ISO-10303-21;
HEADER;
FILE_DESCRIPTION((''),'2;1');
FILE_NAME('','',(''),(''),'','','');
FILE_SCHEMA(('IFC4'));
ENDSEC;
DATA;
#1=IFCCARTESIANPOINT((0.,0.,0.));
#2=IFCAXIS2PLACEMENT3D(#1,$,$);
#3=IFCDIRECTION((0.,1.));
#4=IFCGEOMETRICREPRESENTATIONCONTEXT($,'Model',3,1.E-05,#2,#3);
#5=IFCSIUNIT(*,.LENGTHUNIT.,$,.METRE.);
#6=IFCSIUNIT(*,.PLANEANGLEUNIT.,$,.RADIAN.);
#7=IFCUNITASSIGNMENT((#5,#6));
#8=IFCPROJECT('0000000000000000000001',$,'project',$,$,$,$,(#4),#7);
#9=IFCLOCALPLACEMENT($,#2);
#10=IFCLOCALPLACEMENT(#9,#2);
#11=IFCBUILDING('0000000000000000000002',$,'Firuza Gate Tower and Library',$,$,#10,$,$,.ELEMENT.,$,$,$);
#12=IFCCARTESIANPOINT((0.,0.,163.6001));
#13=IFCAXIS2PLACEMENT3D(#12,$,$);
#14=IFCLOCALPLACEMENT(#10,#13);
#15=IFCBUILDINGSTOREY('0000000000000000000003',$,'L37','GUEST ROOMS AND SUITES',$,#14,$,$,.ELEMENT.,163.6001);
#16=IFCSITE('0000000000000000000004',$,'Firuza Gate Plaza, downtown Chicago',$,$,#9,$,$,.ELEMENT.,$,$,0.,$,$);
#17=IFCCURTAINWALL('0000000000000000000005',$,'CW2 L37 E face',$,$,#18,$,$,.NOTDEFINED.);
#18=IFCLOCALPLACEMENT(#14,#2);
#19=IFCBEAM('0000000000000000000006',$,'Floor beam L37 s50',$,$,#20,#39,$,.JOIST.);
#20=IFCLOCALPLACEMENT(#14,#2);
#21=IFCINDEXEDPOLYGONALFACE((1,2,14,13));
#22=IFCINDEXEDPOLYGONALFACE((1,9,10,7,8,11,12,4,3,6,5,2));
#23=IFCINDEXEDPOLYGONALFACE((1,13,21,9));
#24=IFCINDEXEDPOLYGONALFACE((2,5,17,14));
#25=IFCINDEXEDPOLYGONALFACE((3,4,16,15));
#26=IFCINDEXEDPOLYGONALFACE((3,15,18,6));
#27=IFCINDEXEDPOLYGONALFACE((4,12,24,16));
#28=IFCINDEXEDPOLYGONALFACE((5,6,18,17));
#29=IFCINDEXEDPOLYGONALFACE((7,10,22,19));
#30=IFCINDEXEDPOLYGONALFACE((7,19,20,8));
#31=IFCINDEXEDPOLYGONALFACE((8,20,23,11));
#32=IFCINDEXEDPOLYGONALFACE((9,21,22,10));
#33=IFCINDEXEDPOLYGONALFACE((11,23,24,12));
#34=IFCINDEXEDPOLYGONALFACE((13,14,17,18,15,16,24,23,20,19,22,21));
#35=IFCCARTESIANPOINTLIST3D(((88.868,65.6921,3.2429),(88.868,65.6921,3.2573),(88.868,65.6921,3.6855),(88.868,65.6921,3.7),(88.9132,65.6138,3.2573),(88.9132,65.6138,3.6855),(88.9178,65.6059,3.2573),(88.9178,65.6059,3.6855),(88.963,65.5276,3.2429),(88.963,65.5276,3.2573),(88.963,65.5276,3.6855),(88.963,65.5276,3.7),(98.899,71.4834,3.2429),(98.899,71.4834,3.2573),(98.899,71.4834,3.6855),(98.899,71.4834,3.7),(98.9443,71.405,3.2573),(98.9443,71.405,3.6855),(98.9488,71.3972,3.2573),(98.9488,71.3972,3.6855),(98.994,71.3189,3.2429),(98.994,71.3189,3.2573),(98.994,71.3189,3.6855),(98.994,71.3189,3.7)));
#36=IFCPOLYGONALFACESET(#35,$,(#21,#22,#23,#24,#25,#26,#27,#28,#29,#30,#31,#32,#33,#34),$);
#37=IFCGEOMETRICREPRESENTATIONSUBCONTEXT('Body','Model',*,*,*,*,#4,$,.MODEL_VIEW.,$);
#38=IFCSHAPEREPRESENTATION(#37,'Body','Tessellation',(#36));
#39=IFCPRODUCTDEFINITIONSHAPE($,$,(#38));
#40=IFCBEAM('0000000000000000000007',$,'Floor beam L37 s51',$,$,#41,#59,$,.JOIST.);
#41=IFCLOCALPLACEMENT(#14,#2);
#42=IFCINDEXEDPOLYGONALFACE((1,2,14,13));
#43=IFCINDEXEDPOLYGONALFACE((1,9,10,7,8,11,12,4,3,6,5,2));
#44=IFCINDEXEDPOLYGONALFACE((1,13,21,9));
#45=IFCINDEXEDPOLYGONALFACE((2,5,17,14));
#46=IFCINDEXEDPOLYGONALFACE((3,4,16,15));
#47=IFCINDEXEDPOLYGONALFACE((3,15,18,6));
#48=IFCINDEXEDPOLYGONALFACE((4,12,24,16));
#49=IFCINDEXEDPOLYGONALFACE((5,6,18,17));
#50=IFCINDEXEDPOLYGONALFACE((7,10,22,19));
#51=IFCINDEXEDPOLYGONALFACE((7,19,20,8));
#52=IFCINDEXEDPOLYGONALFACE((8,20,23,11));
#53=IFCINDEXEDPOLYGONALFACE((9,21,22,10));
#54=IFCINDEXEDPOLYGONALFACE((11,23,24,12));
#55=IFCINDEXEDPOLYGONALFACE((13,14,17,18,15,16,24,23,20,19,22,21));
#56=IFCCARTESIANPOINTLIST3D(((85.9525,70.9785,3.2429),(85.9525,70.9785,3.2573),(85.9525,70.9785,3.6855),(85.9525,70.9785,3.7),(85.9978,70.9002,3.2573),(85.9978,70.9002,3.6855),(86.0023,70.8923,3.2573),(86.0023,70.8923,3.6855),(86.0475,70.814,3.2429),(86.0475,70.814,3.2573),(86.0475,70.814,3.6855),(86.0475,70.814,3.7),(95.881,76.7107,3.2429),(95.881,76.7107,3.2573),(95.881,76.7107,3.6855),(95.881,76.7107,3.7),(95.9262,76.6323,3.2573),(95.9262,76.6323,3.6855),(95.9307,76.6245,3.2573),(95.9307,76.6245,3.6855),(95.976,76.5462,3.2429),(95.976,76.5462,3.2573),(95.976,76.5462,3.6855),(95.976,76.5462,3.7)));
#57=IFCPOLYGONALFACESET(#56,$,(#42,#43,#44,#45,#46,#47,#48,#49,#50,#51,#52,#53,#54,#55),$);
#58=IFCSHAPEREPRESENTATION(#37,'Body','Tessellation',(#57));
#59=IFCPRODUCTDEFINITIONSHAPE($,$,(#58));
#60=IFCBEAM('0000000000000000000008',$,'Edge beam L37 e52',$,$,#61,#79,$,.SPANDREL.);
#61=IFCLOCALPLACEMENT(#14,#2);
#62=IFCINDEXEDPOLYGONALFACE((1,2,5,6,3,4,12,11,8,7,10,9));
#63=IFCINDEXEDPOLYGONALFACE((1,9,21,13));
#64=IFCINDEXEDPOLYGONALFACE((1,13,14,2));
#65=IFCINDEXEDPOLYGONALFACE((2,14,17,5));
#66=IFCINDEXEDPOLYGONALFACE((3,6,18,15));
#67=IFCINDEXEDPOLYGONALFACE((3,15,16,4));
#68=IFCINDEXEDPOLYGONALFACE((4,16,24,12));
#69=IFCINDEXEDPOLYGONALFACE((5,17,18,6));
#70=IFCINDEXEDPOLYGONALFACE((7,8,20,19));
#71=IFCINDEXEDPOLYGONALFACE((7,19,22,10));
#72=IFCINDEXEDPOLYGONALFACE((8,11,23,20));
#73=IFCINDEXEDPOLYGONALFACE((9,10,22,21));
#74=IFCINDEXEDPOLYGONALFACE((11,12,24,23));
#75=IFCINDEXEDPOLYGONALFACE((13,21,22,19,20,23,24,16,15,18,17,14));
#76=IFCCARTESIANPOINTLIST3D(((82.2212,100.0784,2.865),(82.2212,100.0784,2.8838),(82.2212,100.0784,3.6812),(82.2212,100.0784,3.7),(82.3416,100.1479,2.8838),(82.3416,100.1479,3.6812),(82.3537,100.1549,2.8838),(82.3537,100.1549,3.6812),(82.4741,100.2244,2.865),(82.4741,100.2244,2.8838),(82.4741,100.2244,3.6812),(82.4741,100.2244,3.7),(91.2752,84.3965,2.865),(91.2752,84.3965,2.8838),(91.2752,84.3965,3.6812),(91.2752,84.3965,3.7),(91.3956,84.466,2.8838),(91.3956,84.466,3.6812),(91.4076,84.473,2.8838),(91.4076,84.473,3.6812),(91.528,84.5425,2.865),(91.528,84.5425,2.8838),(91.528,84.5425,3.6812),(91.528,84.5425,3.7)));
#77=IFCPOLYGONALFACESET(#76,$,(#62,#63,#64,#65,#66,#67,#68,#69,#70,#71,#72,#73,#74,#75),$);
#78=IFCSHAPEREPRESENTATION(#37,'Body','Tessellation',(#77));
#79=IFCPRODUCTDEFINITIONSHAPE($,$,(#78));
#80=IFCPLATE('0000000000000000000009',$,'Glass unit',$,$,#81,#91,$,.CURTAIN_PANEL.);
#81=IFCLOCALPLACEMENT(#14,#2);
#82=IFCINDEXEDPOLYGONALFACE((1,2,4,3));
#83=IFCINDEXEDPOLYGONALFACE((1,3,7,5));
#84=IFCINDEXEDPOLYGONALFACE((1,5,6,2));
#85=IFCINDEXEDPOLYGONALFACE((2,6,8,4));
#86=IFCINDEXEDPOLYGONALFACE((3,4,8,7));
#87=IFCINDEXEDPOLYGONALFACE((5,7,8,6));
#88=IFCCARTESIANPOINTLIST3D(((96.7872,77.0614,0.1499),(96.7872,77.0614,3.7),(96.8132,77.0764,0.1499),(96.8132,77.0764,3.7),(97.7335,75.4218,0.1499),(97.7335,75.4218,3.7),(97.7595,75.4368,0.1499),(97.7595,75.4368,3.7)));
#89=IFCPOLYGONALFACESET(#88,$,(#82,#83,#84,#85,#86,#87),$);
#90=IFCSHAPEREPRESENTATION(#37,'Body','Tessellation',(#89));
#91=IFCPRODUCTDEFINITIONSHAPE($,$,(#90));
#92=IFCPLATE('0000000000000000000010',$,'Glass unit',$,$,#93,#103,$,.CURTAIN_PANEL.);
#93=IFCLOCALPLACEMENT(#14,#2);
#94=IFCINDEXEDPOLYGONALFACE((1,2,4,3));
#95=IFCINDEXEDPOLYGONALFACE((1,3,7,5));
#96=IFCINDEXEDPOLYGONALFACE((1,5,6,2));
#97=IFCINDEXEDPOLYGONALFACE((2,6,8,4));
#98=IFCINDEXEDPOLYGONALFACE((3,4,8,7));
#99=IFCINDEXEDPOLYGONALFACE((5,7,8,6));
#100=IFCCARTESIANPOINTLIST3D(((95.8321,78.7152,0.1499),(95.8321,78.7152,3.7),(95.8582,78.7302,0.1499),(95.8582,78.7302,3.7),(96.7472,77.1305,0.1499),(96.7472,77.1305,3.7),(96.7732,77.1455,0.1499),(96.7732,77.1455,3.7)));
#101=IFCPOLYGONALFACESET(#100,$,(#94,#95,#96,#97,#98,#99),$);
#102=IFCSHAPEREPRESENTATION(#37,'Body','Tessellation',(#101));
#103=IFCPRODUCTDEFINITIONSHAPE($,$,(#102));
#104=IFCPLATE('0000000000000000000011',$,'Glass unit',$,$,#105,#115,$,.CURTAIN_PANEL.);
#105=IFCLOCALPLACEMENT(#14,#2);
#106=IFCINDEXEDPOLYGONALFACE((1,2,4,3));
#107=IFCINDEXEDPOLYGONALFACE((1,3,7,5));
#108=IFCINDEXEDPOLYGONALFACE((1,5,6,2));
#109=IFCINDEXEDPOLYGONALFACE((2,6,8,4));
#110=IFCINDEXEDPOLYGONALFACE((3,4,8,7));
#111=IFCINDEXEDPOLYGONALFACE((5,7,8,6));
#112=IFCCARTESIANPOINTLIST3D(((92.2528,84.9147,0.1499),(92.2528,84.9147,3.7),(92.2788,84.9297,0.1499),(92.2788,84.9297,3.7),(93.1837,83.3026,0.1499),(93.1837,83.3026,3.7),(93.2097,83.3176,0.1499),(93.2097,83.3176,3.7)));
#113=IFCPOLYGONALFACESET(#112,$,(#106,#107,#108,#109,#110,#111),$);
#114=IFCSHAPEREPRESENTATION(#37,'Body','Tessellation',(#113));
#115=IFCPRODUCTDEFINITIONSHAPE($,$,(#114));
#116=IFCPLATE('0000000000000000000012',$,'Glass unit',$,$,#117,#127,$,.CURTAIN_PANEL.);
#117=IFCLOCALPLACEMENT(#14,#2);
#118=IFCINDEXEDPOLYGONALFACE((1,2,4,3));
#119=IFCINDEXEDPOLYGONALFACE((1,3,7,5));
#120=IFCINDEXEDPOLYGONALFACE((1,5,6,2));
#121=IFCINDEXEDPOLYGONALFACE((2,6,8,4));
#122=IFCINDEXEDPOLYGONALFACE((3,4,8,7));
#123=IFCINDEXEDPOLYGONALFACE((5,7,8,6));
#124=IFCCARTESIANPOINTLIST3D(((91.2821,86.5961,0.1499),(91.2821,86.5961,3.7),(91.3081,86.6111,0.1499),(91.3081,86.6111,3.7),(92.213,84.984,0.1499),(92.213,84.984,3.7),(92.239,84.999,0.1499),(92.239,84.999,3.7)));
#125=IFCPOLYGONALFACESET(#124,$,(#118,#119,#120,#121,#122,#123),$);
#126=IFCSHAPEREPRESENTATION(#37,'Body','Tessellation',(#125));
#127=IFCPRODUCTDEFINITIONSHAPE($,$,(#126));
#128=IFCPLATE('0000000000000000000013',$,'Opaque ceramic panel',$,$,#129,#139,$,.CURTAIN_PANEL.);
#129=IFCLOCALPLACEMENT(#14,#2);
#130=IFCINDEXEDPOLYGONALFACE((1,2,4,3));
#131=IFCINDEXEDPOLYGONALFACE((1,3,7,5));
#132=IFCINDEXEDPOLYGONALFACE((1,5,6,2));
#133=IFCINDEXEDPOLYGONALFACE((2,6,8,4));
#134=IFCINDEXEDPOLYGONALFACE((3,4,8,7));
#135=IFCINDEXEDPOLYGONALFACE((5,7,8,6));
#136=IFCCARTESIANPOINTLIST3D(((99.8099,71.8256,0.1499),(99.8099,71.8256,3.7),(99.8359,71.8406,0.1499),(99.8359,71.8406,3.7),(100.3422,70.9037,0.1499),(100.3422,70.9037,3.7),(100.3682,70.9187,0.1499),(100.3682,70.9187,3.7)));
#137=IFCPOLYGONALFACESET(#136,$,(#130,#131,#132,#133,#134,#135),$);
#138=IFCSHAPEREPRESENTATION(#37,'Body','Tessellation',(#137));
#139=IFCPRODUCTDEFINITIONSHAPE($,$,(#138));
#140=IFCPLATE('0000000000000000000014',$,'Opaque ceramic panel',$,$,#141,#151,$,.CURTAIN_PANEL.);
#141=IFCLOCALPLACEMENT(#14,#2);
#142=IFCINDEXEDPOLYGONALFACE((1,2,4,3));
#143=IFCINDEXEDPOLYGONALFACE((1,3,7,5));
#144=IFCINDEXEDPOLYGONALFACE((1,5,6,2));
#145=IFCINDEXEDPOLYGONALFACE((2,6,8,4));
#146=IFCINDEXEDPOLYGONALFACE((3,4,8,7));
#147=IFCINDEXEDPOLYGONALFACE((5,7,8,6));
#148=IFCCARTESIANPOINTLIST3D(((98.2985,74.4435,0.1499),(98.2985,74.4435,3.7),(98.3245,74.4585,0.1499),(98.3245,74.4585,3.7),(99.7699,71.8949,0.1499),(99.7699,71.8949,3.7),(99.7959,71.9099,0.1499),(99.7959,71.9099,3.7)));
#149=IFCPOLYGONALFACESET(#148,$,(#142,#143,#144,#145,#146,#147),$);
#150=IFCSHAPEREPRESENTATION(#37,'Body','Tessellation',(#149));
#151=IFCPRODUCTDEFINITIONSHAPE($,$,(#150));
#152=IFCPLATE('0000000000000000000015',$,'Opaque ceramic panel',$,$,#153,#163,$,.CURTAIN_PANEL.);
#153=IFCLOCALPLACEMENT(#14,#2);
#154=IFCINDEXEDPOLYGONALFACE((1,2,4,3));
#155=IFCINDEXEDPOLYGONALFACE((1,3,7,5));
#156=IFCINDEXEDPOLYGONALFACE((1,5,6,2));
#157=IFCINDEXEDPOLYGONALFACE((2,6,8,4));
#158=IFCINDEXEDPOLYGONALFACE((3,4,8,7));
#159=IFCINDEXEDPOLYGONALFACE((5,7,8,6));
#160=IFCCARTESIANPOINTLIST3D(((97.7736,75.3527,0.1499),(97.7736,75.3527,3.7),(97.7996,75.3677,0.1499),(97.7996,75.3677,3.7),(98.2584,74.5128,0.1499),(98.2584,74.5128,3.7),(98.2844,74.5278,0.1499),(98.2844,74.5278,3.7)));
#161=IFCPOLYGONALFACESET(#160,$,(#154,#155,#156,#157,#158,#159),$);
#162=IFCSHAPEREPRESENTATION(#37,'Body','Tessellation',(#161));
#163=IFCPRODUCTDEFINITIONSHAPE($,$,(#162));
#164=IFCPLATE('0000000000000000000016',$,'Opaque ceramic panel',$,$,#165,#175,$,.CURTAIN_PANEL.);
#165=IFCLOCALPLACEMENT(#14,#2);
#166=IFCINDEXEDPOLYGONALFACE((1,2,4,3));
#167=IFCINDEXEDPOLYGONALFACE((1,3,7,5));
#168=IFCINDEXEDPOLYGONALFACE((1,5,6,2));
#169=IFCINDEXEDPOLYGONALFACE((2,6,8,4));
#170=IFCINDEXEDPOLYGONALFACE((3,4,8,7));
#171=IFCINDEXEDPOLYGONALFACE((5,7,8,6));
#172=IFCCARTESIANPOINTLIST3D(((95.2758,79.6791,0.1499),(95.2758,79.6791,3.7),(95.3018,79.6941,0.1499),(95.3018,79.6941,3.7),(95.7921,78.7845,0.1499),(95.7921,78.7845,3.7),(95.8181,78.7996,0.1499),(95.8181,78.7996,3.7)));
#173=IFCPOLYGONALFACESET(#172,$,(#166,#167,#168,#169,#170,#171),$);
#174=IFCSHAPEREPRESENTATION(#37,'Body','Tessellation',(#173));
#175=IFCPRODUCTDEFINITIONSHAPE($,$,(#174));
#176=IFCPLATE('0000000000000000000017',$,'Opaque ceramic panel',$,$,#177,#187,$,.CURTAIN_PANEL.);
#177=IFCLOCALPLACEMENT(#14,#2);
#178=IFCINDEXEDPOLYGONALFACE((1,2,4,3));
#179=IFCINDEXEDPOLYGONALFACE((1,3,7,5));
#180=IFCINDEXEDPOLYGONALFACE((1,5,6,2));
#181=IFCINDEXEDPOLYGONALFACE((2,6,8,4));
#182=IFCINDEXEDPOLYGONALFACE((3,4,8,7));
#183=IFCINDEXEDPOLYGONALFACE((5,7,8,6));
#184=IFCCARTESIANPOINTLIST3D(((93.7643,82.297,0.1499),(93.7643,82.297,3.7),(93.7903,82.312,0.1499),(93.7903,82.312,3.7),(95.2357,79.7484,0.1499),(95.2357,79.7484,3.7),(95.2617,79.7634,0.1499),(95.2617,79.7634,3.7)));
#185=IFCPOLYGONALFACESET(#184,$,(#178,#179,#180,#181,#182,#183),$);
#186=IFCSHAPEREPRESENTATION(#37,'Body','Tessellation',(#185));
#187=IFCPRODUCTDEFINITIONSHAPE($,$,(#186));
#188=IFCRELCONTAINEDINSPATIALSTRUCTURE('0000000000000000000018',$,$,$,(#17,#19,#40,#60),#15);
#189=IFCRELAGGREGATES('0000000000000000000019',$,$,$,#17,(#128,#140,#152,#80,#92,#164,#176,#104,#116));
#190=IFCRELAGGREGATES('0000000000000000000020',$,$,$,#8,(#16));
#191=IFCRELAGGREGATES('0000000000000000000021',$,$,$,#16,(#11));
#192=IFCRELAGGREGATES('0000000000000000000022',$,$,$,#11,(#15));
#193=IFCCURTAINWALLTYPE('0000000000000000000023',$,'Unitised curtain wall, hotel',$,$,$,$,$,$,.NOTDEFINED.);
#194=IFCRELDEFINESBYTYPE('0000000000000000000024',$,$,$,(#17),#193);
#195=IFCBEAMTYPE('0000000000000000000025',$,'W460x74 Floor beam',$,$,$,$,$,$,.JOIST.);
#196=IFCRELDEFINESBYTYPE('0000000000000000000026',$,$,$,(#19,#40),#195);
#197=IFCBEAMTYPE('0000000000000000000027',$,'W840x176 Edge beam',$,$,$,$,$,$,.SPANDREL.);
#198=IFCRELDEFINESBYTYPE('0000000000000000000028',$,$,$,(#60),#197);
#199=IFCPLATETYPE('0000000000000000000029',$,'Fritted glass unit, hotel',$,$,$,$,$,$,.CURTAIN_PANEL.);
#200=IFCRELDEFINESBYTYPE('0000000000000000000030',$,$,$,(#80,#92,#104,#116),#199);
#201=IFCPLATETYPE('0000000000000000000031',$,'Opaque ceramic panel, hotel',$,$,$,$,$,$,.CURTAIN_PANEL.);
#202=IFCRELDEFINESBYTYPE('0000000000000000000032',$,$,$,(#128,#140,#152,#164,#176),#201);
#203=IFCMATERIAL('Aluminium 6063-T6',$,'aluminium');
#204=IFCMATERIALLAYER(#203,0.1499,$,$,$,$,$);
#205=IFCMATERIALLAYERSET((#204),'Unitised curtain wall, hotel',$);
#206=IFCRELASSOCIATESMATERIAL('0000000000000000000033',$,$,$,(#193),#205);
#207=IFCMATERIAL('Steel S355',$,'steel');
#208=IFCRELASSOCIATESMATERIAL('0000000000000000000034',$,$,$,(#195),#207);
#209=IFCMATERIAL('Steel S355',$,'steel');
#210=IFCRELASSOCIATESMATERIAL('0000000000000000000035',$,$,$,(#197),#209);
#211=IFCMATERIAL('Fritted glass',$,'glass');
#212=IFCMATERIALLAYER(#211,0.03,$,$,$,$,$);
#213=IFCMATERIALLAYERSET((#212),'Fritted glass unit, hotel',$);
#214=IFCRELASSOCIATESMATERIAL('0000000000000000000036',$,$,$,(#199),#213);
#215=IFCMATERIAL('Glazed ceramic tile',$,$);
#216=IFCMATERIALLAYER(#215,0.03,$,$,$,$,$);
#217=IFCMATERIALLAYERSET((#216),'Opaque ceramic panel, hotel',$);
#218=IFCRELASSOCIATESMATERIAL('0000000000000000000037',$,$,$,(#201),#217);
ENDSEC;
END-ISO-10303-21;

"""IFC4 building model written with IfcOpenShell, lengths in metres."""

from ifc_helpers import new_model, si_unit, direction, frame, origin, origin_2d, place, context, subcontext, project, spatial, polyline, i_section, outline, extrude, material, layer, layer_set, material_profile, profile_set, type_object, element, aggregate, save


model = new_model("IFC4")

# Units and contexts
model_context = context("Model", 3, precision=1e-05, world=origin(), true_north=direction((0.0, 1.0)))
body_context = subcontext(model_context, "Body", "Model", "MODEL_VIEW")
ifc_project = project(units=[si_unit("LENGTHUNIT", "METRE"), si_unit("PLANEANGLEUNIT", "RADIAN")], contexts=[model_context])

# Site, building, storey
site_placement = place(None, origin())
site = spatial("IfcSite", under=ifc_project, at=site_placement, Name="Firuza Gate Plaza, downtown Chicago", CompositionType="ELEMENT", RefElevation=0.0)
building_placement = place(site_placement, origin())
building = spatial("IfcBuilding", under=site, at=building_placement, Name="Firuza Gate Tower and Library", CompositionType="ELEMENT")
storey_placement = place(building_placement, frame((0.0, 0.0, 163.6001)))
storey = spatial("IfcBuildingStorey", under=building, at=storey_placement, Name="L37", Description="GUEST ROOMS AND SUITES", CompositionType="ELEMENT", Elevation=163.6001)

# Curtain wall
ifc_material_1 = material(Name="Aluminium 6063-T6", Category="aluminium")
ifc_layer_1 = layer(ifc_material_1, 0.1499)
ifc_layer_set_1 = layer_set([ifc_layer_1], Name="Unitised curtain wall, hotel")
curtain_wall_type = type_object("IfcCurtainWallType", Name="Unitised curtain wall, hotel", PredefinedType="NOTDEFINED", material=ifc_layer_set_1)
curtain_wall_placement = place(storey_placement, origin())
curtain_wall = element("IfcCurtainWall", 1, at=curtain_wall_placement, inside=storey, type_object=curtain_wall_type, Name="CW2 L37 E face", PredefinedType="NOTDEFINED")

# Beams
ifc_material_2 = material(Name="Steel S355", Category="steel")
ifc_material_profile_1 = material_profile(ifc_material_2, i_section(OverallWidth=0.1899, OverallDepth=0.457, WebThickness=0.009, FlangeThickness=0.0144, at=origin_2d()))
ifc_profile_set_1 = profile_set([ifc_material_profile_1], Name="Steel S355")
beam_type_1 = type_object("IfcBeamType", Name="W460x74 Floor beam", PredefinedType="JOIST", material=ifc_profile_set_1)
beam_1_placement = place(storey_placement, frame((98.9465, 71.4011, 3.4714), z_axis=(-0.866031, -0.499991, 0.0), x_axis=(0.499991, -0.866031, 0.0)))
element("IfcBeam", 2, at=beam_1_placement, inside=storey, type_object=beam_type_1, Name="Floor beam L37 s50", PredefinedType="JOIST", context=body_context, shape_type="SweptSolid", body=[
    extrude(i_section(OverallWidth=0.1899, OverallDepth=0.457, WebThickness=0.009, FlangeThickness=0.0144, at=origin_2d()), origin(), (0.0, 0.0, 1.0), 11.5828),
])
beam_2_placement = place(storey_placement, frame((95.9285, 76.6284, 3.4714), z_axis=(-0.866026, -0.499998, 0.0), x_axis=(0.499998, -0.866026, 0.0)))
element("IfcBeam", 3, at=beam_2_placement, inside=storey, type_object=beam_type_1, Name="Floor beam L37 s51", PredefinedType="JOIST", context=body_context, shape_type="SweptSolid", body=[
    extrude(i_section(OverallWidth=0.1899, OverallDepth=0.457, WebThickness=0.009, FlangeThickness=0.0144, at=origin_2d()), origin(), (0.0, 0.0, 1.0), 11.4644),
])
ifc_material_3 = material(Name="Steel S355", Category="steel")
ifc_material_profile_2 = material_profile(ifc_material_3, i_section(OverallWidth=0.292, OverallDepth=0.835, WebThickness=0.0139, FlangeThickness=0.0188, at=origin_2d()))
ifc_profile_set_2 = profile_set([ifc_material_profile_2], Name="Steel S355")
beam_type_2 = type_object("IfcBeamType", Name="W840x176 Edge beam", PredefinedType="SPANDREL", material=ifc_profile_set_2)
beam_3_placement = place(storey_placement, frame((91.4016, 84.4695, 3.2825), z_axis=(-0.500001, 0.866025, 0.0), x_axis=(-0.866025, -0.500001, 0.0)))
element("IfcBeam", 4, at=beam_3_placement, inside=storey, type_object=beam_type_2, Name="Edge beam L37 e52", PredefinedType="SPANDREL", context=body_context, shape_type="SweptSolid", body=[
    extrude(i_section(OverallWidth=0.292, OverallDepth=0.835, WebThickness=0.0139, FlangeThickness=0.0188, at=origin_2d()), origin(), (0.0, 0.0, 1.0), 18.1079),
])

# Plates
ifc_material_4 = material(Name="Fritted glass", Category="glass")
ifc_layer_2 = layer(ifc_material_4, 0.03)
ifc_layer_set_2 = layer_set([ifc_layer_2], Name="Fritted glass unit, hotel")
plate_type_1 = type_object("IfcPlateType", Name="Fritted glass unit, hotel", PredefinedType="CURTAIN_PANEL", material=ifc_layer_set_2)
plate_1_placement = place(storey_placement, frame((97.7595, 75.4368, 0.1499), z_axis=(0.866108, 0.499856, 0.0), x_axis=(-0.499856, 0.866108, 0.0)))
plate_1 = element("IfcPlate", 5, at=plate_1_placement, type_object=plate_type_1, Name="Glass unit", PredefinedType="CURTAIN_PANEL", context=body_context, shape_type="SweptSolid", body=[
    extrude(outline(polyline([(0.0, 0.0), (1.8931, 0.0), (1.8931, 3.55), (0.0, 3.55), (0.0, 0.0)])), origin(), (0.0, 0.0, -1.0), 0.03),
])
plate_2_placement = place(storey_placement, frame((96.7732, 77.1455, 0.1499), z_axis=(0.866001, 0.500042, 0.0), x_axis=(-0.500042, 0.866001, 0.0)))
plate_2 = element("IfcPlate", 6, at=plate_2_placement, type_object=plate_type_1, Name="Glass unit", PredefinedType="CURTAIN_PANEL", context=body_context, shape_type="SweptSolid", body=[
    extrude(outline(polyline([(0.0, 0.0), (1.8299, 0.0), (1.8299, 3.55), (0.0, 3.55), (0.0, 0.0)])), origin(), (0.0, 0.0, -1.0), 0.03),
])
plate_3_placement = place(storey_placement, frame((93.2097, 83.3176, 0.1499), z_axis=(0.865982, 0.500074, 0.0), x_axis=(-0.500074, 0.865982, 0.0)))
plate_3 = element("IfcPlate", 7, at=plate_3_placement, type_object=plate_type_1, Name="Glass unit", PredefinedType="CURTAIN_PANEL", context=body_context, shape_type="SweptSolid", body=[
    extrude(outline(polyline([(0.0, 0.0), (1.8615, 0.0), (1.8615, 3.55), (0.0, 3.55), (0.0, 0.0)])), origin(), (0.0, 0.0, -1.0), 0.03),
])
plate_4_placement = place(storey_placement, frame((92.239, 84.999, 0.1499), z_axis=(0.865982, 0.500074, 0.0), x_axis=(-0.500074, 0.865982, 0.0)))
plate_4 = element("IfcPlate", 8, at=plate_4_placement, type_object=plate_type_1, Name="Glass unit", PredefinedType="CURTAIN_PANEL", context=body_context, shape_type="SweptSolid", body=[
    extrude(outline(polyline([(0.0, 0.0), (1.8615, 0.0), (1.8615, 3.55), (0.0, 3.55), (0.0, 0.0)])), origin(), (0.0, 0.0, -1.0), 0.03),
])
ifc_material_5 = material(Name="Glazed ceramic tile")
ifc_layer_3 = layer(ifc_material_5, 0.03)
ifc_layer_set_3 = layer_set([ifc_layer_3], Name="Opaque ceramic panel, hotel")
plate_type_2 = type_object("IfcPlateType", Name="Opaque ceramic panel, hotel", PredefinedType="CURTAIN_PANEL", material=ifc_layer_set_3)
plate_5_placement = place(storey_placement, frame((100.3682, 70.9187, 0.1499), z_axis=(0.866033, 0.499987, 0.0), x_axis=(-0.499987, 0.866033, 0.0)))
plate_5 = element("IfcPlate", 9, at=plate_5_placement, type_object=plate_type_2, Name="Opaque ceramic panel", PredefinedType="CURTAIN_PANEL", context=body_context, shape_type="SweptSolid", body=[
    extrude(outline(polyline([(0.0, 0.0), (1.0645, 0.0), (1.0645, 3.55), (0.0, 3.55), (0.0, 0.0)])), origin(), (0.0, 0.0, -1.0), 0.03),
])
plate_6_placement = place(storey_placement, frame((99.7959, 71.9099, 0.1499), z_axis=(0.866024, 0.500003, 0.0), x_axis=(-0.500003, 0.866024, 0.0)))
plate_6 = element("IfcPlate", 10, at=plate_6_placement, type_object=plate_type_2, Name="Opaque ceramic panel", PredefinedType="CURTAIN_PANEL", context=body_context, shape_type="SweptSolid", body=[
    extrude(outline(polyline([(0.0, 0.0), (2.9429, 0.0), (2.9429, 3.55), (0.0, 3.55), (0.0, 0.0)])), origin(), (0.0, 0.0, -1.0), 0.03),
])
plate_7_placement = place(storey_placement, frame((98.2844, 74.5278, 0.1499), z_axis=(0.866035, 0.499984, 0.0), x_axis=(-0.499984, 0.866035, 0.0)))
plate_7 = element("IfcPlate", 11, at=plate_7_placement, type_object=plate_type_2, Name="Opaque ceramic panel", PredefinedType="CURTAIN_PANEL", context=body_context, shape_type="SweptSolid", body=[
    extrude(outline(polyline([(0.0, 0.0), (0.9698, 0.0), (0.9698, 3.55), (0.0, 3.55), (0.0, 0.0)])), origin(), (0.0, 0.0, -1.0), 0.03),
])
plate_8_placement = place(storey_placement, frame((95.8181, 78.7996, 0.1499), z_axis=(0.866068, 0.499927, 0.0), x_axis=(-0.499927, 0.866068, 0.0)))
plate_8 = element("IfcPlate", 12, at=plate_8_placement, type_object=plate_type_2, Name="Opaque ceramic panel", PredefinedType="CURTAIN_PANEL", context=body_context, shape_type="SweptSolid", body=[
    extrude(outline(polyline([(0.0, 0.0), (1.0329, 0.0), (1.0329, 3.55), (0.0, 3.55), (0.0, 0.0)])), origin(), (0.0, 0.0, -1.0), 0.03),
])
plate_9_placement = place(storey_placement, frame((95.2617, 79.7634, 0.1499), z_axis=(0.866024, 0.500003, 0.0), x_axis=(-0.500003, 0.866024, 0.0)))
plate_9 = element("IfcPlate", 13, at=plate_9_placement, type_object=plate_type_2, Name="Opaque ceramic panel", PredefinedType="CURTAIN_PANEL", context=body_context, shape_type="SweptSolid", body=[
    extrude(outline(polyline([(0.0, 0.0), (2.9429, 0.0), (2.9429, 3.55), (0.0, 3.55), (0.0, 0.0)])), origin(), (0.0, 0.0, -1.0), 0.03),
])
aggregate(curtain_wall, [plate_5, plate_6, plate_7, plate_1, plate_2, plate_8, plate_9, plate_3, plate_4])

save(model, "model.ifc")
